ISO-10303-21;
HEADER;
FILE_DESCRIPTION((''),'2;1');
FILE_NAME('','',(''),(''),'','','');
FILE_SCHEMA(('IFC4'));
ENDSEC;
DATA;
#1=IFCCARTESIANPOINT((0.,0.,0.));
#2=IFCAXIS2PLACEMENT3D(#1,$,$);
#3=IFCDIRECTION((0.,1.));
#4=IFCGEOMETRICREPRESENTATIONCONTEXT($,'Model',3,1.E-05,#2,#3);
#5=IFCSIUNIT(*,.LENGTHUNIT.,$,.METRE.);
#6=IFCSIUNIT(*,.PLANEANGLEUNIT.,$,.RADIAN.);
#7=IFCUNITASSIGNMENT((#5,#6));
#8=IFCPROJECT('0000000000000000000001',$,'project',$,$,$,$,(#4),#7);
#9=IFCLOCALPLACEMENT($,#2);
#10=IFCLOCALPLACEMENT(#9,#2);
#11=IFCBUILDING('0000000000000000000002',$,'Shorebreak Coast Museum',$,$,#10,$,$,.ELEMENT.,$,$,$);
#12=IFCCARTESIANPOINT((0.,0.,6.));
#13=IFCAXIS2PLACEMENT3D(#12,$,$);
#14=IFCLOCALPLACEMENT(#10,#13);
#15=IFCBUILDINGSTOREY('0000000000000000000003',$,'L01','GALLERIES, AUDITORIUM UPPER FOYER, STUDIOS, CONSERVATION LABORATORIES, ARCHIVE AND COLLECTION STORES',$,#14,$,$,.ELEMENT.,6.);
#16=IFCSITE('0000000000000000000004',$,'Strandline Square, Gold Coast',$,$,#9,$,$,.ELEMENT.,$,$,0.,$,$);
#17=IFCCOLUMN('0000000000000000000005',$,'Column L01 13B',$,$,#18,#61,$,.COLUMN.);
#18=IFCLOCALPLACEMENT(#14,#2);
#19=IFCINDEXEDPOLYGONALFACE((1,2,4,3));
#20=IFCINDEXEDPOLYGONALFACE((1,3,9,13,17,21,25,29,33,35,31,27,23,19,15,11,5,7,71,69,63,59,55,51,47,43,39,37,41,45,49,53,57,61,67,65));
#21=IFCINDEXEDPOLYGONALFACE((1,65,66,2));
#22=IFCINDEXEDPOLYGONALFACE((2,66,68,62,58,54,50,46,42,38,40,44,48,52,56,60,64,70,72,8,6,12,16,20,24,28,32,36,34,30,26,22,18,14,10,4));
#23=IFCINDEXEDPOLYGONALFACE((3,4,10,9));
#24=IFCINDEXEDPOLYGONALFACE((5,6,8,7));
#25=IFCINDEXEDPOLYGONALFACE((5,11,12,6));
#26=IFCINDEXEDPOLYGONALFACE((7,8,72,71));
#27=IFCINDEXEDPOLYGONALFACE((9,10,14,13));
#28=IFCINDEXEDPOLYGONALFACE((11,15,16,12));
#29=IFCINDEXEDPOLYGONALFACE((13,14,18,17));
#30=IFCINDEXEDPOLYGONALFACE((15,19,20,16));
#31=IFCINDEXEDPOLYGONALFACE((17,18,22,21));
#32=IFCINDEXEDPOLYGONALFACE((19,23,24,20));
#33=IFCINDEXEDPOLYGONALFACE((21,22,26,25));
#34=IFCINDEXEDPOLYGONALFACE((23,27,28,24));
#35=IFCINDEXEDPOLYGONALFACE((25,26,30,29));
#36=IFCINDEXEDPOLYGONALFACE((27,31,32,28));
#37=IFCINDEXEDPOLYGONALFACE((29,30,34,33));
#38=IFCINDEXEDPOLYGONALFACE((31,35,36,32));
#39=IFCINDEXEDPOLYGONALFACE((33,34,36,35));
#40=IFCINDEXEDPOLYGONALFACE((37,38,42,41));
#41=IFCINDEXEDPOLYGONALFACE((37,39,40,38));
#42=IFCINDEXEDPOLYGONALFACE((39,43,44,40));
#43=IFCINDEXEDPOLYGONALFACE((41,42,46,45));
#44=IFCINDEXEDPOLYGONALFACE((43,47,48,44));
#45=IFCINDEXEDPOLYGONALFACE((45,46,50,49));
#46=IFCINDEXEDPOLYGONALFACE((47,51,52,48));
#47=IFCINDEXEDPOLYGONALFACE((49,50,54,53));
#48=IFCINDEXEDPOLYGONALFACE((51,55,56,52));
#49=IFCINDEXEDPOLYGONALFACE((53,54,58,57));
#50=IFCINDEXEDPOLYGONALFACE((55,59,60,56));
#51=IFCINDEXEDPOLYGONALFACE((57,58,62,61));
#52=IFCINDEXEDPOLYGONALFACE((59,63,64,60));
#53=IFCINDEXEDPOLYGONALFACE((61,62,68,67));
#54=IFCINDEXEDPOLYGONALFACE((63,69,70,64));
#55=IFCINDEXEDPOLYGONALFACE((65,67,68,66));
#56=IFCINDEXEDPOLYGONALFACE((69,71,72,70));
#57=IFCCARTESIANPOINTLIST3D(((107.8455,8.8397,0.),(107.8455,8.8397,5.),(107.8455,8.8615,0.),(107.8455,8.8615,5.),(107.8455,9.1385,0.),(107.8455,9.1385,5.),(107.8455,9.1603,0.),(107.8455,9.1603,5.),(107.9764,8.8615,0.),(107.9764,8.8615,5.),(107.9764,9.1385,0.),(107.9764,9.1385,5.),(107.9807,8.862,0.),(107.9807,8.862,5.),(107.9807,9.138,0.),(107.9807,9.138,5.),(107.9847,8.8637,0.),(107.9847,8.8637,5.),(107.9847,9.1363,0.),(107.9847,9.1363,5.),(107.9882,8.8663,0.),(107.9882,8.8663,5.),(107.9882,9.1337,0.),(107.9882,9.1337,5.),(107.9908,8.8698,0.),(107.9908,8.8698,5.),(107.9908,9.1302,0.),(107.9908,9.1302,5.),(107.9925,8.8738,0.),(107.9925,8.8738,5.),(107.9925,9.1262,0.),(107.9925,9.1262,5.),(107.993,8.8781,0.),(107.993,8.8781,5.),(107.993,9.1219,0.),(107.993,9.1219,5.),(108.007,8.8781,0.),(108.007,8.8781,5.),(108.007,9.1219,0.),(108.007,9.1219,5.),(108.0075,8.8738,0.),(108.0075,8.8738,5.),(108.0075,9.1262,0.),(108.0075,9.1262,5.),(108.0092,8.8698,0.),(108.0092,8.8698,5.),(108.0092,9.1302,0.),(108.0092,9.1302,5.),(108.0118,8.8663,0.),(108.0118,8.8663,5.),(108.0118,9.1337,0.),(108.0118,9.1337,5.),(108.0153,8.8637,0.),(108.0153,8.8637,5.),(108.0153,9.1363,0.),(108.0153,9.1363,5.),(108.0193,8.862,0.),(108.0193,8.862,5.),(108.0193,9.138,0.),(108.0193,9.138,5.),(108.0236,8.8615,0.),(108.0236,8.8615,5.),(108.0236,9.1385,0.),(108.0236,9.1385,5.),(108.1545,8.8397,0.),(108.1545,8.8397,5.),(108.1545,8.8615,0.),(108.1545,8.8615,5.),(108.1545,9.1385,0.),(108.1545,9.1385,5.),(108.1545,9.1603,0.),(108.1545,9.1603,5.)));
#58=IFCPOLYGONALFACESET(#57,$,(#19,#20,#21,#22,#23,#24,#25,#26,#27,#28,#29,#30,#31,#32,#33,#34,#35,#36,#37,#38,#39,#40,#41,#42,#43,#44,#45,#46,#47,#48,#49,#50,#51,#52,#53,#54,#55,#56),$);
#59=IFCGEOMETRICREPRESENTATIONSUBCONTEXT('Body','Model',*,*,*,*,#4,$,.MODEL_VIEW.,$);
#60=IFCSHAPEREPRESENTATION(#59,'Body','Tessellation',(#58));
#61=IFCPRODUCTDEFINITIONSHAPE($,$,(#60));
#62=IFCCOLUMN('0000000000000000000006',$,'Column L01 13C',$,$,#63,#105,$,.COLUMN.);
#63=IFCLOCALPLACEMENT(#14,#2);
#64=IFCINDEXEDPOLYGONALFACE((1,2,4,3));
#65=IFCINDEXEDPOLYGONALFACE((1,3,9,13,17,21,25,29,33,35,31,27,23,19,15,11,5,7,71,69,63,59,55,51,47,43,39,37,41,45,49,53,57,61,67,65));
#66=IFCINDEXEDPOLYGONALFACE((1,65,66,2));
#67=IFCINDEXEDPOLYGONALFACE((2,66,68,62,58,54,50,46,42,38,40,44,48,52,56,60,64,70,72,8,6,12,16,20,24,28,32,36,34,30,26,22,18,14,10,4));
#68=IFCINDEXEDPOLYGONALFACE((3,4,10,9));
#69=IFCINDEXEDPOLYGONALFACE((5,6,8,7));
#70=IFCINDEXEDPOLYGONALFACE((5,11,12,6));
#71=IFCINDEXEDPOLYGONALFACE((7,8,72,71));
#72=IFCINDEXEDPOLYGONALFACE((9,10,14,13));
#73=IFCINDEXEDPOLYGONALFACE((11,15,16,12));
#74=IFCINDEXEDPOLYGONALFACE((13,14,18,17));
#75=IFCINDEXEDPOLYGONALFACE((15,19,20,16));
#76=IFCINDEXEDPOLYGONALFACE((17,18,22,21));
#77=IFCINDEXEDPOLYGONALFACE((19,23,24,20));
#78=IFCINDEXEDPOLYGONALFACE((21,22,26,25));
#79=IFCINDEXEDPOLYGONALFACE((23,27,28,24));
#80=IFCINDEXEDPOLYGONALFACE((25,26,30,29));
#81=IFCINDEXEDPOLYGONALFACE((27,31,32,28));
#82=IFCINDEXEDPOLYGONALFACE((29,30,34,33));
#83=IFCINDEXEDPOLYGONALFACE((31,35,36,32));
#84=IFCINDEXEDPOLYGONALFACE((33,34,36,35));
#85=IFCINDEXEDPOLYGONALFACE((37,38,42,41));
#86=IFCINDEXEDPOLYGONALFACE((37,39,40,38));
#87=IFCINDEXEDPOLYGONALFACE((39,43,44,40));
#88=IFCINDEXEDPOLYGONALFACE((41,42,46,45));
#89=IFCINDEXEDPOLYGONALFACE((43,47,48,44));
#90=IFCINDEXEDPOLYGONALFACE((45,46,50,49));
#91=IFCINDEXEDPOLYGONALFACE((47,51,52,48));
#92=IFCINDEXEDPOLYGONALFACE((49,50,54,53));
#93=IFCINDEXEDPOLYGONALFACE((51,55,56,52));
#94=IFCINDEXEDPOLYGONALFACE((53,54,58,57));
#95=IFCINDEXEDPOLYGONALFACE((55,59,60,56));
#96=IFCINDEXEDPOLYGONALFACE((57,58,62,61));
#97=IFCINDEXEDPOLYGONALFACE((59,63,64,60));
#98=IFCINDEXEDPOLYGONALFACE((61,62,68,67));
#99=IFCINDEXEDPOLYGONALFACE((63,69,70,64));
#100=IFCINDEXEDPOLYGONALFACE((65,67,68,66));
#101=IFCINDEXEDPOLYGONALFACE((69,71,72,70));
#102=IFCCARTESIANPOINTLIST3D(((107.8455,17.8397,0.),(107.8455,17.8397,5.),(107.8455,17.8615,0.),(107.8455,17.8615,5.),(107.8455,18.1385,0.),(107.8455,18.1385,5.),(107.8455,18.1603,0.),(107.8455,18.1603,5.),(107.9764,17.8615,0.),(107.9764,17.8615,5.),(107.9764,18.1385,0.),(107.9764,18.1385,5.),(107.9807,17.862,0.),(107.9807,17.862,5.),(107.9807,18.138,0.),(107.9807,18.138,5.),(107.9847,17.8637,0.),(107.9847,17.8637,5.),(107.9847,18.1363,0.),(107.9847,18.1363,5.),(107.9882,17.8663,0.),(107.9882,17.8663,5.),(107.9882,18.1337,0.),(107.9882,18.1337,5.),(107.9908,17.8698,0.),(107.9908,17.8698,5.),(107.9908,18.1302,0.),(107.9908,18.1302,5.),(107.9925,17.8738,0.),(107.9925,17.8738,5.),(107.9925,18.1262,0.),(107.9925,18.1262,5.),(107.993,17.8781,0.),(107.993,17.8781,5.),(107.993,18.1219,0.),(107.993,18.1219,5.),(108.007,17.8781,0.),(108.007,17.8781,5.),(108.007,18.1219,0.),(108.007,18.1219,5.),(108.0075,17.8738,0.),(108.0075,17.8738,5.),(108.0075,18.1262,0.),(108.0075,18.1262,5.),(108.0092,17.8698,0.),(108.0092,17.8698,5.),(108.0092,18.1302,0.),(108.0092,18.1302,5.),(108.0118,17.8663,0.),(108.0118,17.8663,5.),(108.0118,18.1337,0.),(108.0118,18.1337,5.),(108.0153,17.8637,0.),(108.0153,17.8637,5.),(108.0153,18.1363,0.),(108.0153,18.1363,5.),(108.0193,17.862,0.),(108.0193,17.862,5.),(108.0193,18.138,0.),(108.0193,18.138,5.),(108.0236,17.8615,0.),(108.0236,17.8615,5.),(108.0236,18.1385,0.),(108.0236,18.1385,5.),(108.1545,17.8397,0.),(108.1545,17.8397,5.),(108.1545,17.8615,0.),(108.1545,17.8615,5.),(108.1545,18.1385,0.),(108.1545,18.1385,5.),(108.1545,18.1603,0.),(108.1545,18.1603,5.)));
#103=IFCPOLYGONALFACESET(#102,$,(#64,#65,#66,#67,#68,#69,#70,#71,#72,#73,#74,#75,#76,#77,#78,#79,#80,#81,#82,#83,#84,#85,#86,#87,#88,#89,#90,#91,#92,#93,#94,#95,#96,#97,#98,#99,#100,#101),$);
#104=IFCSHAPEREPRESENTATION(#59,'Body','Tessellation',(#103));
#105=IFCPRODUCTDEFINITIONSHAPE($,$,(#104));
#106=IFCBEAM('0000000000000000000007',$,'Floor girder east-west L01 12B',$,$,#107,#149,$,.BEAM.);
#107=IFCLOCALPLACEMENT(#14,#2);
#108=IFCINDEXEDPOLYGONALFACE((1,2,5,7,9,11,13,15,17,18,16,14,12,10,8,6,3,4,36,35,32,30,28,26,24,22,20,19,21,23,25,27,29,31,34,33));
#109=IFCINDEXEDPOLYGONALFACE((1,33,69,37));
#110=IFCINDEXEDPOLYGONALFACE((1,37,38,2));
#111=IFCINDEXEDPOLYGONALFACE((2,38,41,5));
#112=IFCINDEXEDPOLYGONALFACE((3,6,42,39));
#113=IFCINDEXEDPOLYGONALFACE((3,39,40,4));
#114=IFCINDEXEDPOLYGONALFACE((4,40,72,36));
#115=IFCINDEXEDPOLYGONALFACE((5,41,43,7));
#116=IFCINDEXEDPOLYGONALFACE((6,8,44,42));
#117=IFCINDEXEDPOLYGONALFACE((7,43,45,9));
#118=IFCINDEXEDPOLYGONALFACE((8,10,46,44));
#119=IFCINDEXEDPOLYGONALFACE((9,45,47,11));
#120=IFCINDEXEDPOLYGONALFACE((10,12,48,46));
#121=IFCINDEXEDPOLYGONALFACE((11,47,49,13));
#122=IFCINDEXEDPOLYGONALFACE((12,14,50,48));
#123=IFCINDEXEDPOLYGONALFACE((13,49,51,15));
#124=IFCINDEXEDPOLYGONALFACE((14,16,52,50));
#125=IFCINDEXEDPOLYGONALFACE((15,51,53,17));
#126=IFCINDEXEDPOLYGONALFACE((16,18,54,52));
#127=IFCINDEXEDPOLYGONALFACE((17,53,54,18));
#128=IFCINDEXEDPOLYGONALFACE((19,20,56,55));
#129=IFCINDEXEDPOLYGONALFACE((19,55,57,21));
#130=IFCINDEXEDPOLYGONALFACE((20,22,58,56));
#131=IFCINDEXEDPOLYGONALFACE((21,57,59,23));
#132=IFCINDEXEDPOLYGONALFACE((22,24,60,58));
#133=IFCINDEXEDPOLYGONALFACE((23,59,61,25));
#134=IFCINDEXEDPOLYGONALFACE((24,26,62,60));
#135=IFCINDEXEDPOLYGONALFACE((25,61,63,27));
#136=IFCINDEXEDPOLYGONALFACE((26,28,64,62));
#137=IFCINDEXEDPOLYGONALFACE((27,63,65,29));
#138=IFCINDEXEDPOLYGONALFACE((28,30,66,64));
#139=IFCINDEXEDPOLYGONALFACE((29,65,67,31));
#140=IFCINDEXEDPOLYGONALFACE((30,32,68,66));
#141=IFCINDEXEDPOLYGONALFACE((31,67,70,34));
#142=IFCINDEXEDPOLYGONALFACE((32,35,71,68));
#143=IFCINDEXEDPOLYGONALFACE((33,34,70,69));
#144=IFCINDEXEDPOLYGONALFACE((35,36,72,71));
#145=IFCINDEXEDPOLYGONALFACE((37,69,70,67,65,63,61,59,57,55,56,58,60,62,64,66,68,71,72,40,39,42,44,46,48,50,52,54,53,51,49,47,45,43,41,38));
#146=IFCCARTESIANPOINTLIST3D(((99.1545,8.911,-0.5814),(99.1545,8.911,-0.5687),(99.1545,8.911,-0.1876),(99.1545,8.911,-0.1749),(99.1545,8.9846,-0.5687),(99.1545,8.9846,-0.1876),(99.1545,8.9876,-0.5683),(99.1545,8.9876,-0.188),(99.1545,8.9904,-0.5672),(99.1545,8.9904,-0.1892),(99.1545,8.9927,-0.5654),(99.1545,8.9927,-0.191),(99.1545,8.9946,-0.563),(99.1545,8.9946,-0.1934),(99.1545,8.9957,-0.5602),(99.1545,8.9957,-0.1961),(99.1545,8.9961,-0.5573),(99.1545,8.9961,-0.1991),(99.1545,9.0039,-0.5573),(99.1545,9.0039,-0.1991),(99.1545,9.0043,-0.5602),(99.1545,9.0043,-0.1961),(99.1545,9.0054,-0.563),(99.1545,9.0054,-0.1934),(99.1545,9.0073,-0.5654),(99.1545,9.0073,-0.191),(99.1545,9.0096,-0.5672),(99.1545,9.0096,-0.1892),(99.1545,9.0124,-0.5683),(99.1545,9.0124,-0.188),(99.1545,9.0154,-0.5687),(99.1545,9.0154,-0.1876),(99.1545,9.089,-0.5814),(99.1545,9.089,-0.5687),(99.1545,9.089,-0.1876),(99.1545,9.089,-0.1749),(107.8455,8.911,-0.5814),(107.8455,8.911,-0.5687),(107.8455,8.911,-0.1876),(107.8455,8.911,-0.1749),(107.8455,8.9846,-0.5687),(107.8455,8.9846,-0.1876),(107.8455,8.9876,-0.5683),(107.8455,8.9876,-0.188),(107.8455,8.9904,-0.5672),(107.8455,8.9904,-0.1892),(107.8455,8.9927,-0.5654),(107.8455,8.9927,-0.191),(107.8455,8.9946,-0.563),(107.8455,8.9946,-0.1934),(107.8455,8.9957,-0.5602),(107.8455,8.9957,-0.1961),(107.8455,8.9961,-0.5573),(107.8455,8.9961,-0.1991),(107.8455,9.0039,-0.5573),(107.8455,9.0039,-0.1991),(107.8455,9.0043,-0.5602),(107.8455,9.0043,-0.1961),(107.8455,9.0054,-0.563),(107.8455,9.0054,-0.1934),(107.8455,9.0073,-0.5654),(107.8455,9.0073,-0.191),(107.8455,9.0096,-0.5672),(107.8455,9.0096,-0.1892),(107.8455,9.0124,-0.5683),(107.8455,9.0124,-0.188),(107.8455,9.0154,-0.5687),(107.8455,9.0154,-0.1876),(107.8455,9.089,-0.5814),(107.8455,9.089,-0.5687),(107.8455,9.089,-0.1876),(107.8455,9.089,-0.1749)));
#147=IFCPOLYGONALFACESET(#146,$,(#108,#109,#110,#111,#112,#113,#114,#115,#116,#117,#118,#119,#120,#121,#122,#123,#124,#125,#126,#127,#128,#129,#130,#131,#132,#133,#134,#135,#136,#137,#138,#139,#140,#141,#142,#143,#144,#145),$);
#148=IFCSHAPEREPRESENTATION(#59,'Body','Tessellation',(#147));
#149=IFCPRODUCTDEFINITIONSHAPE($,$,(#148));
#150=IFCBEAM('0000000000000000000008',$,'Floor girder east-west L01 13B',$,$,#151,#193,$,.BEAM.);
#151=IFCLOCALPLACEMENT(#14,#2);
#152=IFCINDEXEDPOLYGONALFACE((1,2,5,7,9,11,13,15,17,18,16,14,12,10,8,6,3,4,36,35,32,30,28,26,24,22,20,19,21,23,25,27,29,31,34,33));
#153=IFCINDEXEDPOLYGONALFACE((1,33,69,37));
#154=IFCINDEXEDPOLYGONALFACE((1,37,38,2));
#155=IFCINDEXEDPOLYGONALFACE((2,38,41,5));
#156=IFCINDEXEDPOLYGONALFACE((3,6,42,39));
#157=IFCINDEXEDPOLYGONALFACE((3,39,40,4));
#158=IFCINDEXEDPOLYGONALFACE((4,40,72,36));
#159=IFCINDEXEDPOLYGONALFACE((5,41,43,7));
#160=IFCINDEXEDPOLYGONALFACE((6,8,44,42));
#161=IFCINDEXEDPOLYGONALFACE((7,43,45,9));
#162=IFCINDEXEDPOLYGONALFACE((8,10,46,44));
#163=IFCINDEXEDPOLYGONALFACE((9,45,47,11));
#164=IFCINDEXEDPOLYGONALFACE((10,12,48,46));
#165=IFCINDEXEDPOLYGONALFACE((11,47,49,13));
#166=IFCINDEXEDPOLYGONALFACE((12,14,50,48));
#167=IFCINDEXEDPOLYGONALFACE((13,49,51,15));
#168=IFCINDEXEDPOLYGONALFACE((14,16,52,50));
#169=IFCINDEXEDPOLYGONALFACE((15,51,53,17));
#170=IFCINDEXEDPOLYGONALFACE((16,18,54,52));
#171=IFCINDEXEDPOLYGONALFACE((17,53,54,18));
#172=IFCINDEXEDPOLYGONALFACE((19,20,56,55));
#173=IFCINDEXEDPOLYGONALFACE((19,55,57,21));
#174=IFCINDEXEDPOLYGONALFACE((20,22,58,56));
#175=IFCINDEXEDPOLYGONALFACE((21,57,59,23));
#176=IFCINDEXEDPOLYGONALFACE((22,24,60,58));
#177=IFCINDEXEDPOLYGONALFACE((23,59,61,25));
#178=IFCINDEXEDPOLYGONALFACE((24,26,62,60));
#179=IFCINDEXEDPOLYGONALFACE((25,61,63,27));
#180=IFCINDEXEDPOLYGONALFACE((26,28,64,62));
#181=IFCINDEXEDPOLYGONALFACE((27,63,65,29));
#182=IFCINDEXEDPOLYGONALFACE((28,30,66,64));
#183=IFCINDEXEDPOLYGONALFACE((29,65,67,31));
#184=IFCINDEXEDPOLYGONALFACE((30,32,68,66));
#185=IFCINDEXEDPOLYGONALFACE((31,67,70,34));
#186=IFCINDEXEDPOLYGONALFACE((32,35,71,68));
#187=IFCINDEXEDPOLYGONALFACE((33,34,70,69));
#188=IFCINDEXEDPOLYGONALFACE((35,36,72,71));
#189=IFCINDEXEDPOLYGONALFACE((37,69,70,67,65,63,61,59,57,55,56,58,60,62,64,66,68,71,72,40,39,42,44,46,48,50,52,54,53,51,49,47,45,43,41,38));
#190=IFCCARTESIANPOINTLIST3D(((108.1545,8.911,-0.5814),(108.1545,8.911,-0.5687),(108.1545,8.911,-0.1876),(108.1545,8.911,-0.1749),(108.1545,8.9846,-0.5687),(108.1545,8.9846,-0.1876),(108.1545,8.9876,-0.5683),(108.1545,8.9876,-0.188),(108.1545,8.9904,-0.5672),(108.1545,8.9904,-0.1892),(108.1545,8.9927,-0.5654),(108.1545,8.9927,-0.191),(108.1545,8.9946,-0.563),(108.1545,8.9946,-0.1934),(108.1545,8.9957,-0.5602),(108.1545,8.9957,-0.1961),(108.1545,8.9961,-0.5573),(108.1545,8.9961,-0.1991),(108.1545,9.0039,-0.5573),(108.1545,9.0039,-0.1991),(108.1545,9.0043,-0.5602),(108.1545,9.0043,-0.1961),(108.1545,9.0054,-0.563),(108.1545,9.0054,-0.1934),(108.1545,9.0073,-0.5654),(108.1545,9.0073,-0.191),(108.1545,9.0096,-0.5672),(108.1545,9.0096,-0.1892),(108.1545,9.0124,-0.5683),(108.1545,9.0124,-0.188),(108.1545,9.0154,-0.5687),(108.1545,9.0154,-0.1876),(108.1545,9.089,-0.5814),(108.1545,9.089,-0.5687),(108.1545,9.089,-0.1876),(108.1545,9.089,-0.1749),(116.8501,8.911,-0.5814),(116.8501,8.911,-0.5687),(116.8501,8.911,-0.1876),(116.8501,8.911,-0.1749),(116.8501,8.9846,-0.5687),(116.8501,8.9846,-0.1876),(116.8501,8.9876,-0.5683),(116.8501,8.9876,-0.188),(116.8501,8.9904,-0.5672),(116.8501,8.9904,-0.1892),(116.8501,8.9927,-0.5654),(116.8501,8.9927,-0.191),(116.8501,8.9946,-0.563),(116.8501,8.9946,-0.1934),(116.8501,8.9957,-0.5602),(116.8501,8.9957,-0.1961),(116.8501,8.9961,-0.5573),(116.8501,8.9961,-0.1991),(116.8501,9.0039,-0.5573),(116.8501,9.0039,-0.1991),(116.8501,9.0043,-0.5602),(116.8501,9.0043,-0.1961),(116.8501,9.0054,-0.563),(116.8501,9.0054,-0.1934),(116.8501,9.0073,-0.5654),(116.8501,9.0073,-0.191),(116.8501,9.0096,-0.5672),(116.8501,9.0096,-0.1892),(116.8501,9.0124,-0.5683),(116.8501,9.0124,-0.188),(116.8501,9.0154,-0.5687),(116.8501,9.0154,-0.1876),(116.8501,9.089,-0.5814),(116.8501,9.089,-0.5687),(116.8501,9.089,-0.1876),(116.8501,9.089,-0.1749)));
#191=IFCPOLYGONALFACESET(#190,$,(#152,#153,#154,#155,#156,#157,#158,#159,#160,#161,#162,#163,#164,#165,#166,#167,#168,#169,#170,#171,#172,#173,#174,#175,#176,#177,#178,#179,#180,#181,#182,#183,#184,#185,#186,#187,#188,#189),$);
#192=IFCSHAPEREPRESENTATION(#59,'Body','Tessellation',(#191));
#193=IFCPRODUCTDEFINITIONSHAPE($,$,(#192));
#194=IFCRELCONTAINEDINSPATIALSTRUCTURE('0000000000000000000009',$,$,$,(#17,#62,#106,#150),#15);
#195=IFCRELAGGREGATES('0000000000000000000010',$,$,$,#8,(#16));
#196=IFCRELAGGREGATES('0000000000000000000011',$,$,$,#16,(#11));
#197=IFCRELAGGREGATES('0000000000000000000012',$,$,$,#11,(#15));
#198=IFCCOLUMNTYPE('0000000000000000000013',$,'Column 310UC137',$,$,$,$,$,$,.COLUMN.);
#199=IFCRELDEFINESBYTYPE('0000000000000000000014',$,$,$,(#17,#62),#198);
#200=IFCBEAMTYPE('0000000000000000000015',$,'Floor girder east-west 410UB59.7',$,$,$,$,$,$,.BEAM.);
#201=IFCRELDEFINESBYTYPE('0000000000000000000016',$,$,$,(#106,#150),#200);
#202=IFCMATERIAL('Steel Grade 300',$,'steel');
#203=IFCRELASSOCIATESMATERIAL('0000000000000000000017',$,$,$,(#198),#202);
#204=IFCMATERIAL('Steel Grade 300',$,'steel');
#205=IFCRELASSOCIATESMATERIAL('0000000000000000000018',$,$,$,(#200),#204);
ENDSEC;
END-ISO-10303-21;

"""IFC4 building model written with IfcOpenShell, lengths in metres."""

from ifc_helpers import new_model, si_unit, direction, frame, origin, origin_2d, place, context, subcontext, project, spatial, i_section, extrude, material, material_profile, profile_set, type_object, element, save


model = new_model("IFC4")

# Units and contexts
model_context = context("Model", 3, precision=1e-05, world=origin(), true_north=direction((0.0, 1.0)))
body_context = subcontext(model_context, "Body", "Model", "MODEL_VIEW")
ifc_project = project(units=[si_unit("LENGTHUNIT", "METRE"), si_unit("PLANEANGLEUNIT", "RADIAN")], contexts=[model_context])

# Site, building, storey
site_placement = place(None, origin())
site = spatial("IfcSite", under=ifc_project, at=site_placement, Name="Strandline Square, Gold Coast", CompositionType="ELEMENT", RefElevation=0.0)
building_placement = place(site_placement, origin())
building = spatial("IfcBuilding", under=site, at=building_placement, Name="Shorebreak Coast Museum", CompositionType="ELEMENT")
storey_placement = place(building_placement, frame((0.0, 0.0, 6.0)))
storey = spatial("IfcBuildingStorey", under=building, at=storey_placement, Name="L01", Description="GALLERIES, AUDITORIUM UPPER FOYER, STUDIOS, CONSERVATION LABORATORIES, ARCHIVE AND COLLECTION STORES", CompositionType="ELEMENT", Elevation=6.0)

# Columns
ifc_material_1 = material(Name="Steel Grade 300", Category="steel")
ifc_material_profile_1 = material_profile(ifc_material_1, i_section(OverallWidth=0.3091, OverallDepth=0.3206, WebThickness=0.0139, FlangeThickness=0.0217, FilletRadius=0.0166, at=origin_2d()), Name="310UC137")
ifc_profile_set_1 = profile_set([ifc_material_profile_1], Name="Steel Grade 300")
column_type = type_object("IfcColumnType", Name="Column 310UC137", PredefinedType="COLUMN", material=ifc_profile_set_1)
for number, where, z_axis, x_axis, name in (
    (1, (108.0, 9.0, 0.0), (0.0, 0.0, 1.0), (1.0, 0.0, 0.0), "Column L01 13B"),
    (2, (108.0, 18.0, 0.0), (0.0, 0.0, 1.0), (1.0, 0.0, 0.0), "Column L01 13C"),
):
    element("IfcColumn", number, at=place(storey_placement, frame(where, z_axis=z_axis, x_axis=x_axis)), inside=storey, type_object=column_type, Name=name, PredefinedType="COLUMN", context=body_context, shape_type="SweptSolid", body=[
        extrude(i_section(OverallWidth=0.3091, OverallDepth=0.3206, WebThickness=0.0139, FlangeThickness=0.0217, FilletRadius=0.0166, at=origin_2d()), origin(), (0.0, 0.0, 1.0), 5.0),
    ])

# Beams
ifc_material_2 = material(Name="Steel Grade 300", Category="steel")
ifc_material_profile_2 = material_profile(ifc_material_2, i_section(OverallWidth=0.178, OverallDepth=0.4065, WebThickness=0.0078, FlangeThickness=0.0127, FilletRadius=0.0115, at=origin_2d()), Name="410UB59.7")
ifc_profile_set_2 = profile_set([ifc_material_profile_2], Name="Steel Grade 300")
beam_type_1 = type_object("IfcBeamType", Name="Floor girder east-west 410UB59.7", PredefinedType="BEAM", material=ifc_profile_set_2)
beam_1_placement = place(storey_placement, frame((99.1545, 9.0, -0.3782), z_axis=(1.0, 0.0, 0.0), x_axis=(0.0, 1.0, 0.0)))
element("IfcBeam", 3, at=beam_1_placement, inside=storey, type_object=beam_type_1, Name="Floor girder east-west L01 12B", PredefinedType="BEAM", context=body_context, shape_type="SweptSolid", body=[
    extrude(i_section(OverallWidth=0.178, OverallDepth=0.4065, WebThickness=0.0078, FlangeThickness=0.0127, FilletRadius=0.0115, at=origin_2d()), origin(), (0.0, 0.0, 1.0), 8.6909),
])
beam_2_placement = place(storey_placement, frame((108.1545, 9.0, -0.3782), z_axis=(1.0, 0.0, 0.0), x_axis=(0.0, 1.0, 0.0)))
element("IfcBeam", 4, at=beam_2_placement, inside=storey, type_object=beam_type_1, Name="Floor girder east-west L01 13B", PredefinedType="BEAM", context=body_context, shape_type="SweptSolid", body=[
    extrude(i_section(OverallWidth=0.178, OverallDepth=0.4065, WebThickness=0.0078, FlangeThickness=0.0127, FilletRadius=0.0115, at=origin_2d()), origin(), (0.0, 0.0, 1.0), 8.6956),
])

save(model, "model.ifc")
